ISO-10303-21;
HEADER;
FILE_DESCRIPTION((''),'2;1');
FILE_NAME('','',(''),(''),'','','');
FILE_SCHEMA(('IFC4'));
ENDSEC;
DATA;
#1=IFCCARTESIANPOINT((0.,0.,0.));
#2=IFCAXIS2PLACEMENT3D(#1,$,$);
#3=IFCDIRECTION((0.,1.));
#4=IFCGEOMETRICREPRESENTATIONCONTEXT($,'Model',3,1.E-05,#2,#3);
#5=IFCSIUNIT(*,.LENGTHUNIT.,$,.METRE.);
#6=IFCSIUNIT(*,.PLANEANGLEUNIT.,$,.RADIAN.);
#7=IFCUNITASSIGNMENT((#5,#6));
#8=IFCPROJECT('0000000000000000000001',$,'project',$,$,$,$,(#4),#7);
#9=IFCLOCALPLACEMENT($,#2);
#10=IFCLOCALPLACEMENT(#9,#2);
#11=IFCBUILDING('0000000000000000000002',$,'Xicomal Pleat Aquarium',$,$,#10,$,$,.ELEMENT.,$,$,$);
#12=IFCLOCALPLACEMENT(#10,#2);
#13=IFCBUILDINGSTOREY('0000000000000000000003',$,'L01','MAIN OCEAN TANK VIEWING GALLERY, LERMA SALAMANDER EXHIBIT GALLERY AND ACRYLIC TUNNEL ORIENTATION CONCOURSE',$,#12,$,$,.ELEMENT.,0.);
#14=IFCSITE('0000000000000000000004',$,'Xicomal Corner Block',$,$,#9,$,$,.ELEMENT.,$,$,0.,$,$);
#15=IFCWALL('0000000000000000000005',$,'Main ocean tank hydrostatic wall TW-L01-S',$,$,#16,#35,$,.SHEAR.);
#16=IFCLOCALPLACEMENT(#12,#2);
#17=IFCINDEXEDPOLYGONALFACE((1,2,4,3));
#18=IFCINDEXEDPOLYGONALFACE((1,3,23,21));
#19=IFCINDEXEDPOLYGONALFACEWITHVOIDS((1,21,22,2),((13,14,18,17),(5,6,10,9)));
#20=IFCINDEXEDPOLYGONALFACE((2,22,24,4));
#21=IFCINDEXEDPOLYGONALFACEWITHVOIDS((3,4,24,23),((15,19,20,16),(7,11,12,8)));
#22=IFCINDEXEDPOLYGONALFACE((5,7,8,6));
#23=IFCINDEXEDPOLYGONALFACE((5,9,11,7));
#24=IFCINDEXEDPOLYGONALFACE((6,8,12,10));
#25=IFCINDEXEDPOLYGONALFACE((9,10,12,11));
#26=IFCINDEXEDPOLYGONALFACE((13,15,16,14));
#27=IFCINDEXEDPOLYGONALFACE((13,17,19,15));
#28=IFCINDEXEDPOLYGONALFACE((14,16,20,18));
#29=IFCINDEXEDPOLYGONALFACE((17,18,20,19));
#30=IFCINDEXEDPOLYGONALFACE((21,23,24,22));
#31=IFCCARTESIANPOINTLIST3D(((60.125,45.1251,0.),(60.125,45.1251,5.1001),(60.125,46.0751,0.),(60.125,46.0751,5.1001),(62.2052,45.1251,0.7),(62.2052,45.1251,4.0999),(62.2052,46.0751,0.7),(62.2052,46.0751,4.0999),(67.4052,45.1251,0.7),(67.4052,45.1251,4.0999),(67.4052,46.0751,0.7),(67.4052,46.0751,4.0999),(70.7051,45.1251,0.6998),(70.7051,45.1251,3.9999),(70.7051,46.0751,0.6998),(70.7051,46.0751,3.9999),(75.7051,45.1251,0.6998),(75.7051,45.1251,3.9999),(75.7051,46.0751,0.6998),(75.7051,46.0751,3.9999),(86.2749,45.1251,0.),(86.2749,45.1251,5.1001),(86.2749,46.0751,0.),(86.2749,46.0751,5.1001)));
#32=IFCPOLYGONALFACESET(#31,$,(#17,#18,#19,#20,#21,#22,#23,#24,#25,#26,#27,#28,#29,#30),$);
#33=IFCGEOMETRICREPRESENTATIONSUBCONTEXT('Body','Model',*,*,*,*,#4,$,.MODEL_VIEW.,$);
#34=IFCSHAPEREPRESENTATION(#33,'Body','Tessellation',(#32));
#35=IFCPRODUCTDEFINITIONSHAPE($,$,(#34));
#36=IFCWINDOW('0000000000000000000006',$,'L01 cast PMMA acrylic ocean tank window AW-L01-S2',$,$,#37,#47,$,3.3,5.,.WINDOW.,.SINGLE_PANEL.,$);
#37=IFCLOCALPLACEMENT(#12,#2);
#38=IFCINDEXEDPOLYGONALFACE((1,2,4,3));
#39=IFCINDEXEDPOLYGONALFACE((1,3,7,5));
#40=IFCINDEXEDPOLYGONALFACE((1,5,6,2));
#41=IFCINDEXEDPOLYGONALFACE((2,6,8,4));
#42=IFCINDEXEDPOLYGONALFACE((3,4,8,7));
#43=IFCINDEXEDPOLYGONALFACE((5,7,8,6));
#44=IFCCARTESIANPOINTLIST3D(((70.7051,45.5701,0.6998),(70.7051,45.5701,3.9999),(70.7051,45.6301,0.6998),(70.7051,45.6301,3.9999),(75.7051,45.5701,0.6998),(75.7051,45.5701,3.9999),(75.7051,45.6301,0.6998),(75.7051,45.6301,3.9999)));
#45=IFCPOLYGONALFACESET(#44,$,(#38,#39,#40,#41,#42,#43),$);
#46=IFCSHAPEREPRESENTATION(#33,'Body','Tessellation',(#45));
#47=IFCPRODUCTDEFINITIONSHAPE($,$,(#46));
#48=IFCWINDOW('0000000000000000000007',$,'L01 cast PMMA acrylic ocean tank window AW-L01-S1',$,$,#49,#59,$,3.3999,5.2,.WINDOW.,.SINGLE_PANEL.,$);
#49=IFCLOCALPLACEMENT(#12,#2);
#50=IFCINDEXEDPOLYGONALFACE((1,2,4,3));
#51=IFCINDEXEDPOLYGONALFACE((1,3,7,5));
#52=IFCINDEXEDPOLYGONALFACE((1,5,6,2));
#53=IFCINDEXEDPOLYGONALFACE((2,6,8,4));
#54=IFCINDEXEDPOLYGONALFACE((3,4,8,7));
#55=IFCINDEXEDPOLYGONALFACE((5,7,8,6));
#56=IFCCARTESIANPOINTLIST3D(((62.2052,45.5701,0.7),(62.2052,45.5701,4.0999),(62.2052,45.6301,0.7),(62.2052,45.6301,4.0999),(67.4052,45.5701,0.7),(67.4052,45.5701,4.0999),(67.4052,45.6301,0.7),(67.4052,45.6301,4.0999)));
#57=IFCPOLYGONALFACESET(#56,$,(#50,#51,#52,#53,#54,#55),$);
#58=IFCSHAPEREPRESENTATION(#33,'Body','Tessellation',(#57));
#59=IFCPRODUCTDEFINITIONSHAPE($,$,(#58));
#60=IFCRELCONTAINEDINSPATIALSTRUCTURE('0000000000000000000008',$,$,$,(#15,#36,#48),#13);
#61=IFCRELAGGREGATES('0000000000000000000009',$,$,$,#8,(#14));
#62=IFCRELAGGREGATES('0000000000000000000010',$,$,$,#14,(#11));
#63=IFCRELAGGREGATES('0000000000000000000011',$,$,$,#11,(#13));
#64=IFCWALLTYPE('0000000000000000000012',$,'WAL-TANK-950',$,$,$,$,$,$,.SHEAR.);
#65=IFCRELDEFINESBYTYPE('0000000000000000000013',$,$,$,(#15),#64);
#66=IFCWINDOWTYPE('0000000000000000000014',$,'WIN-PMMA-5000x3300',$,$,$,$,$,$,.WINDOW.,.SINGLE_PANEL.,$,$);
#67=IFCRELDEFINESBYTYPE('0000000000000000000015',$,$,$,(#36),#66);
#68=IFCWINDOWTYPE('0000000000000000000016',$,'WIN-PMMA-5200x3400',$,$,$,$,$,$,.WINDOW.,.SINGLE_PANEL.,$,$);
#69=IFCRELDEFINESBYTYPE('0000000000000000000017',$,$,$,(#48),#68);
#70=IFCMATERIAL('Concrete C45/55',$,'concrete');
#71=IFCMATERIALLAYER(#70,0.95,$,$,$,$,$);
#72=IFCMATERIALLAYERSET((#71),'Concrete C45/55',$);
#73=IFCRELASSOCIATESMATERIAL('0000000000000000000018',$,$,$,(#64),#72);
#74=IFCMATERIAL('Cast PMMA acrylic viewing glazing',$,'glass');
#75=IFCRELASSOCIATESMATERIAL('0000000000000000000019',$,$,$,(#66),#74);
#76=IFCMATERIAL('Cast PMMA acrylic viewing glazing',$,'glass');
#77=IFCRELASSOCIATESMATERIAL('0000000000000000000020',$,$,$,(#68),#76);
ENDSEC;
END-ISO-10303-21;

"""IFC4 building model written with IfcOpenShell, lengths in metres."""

from ifc_helpers import new_model, si_unit, direction, frame, frame_2d, origin, place, context, subcontext, project, spatial, rectangle, extrude, material, layer, layer_set, type_object, element, fill, save


model = new_model("IFC4")

# Units and contexts
model_context = context("Model", 3, precision=1e-05, world=origin(), true_north=direction((0.0, 1.0)))
body_context = subcontext(model_context, "Body", "Model", "MODEL_VIEW")
ifc_project = project(units=[si_unit("LENGTHUNIT", "METRE"), si_unit("PLANEANGLEUNIT", "RADIAN")], contexts=[model_context])

# Site, building, storey
site_placement = place(None, origin())
site = spatial("IfcSite", under=ifc_project, at=site_placement, Name="Xicomal Corner Block", CompositionType="ELEMENT", RefElevation=0.0)
building_placement = place(site_placement, origin())
building = spatial("IfcBuilding", under=site, at=building_placement, Name="Xicomal Pleat Aquarium", CompositionType="ELEMENT")
storey_placement = place(building_placement, origin())
storey = spatial("IfcBuildingStorey", under=building, at=storey_placement, Name="L01", Description="MAIN OCEAN TANK VIEWING GALLERY, LERMA SALAMANDER EXHIBIT GALLERY AND ACRYLIC TUNNEL ORIENTATION CONCOURSE", CompositionType="ELEMENT", Elevation=0.0)

# Wall, openings, windows
ifc_material_1 = material(Name="Concrete C45/55", Category="concrete")
ifc_layer = layer(ifc_material_1, 0.95)
ifc_layer_set = layer_set([ifc_layer], Name="Concrete C45/55")
wall_type = type_object("IfcWallType", Name="WAL-TANK-950", PredefinedType="SHEAR", material=ifc_layer_set)
wall_placement = place(storey_placement, frame((60.125, 45.6001, 0.0), z_axis=(0.0, 0.0, 1.0), x_axis=(1.0, 0.0, 0.0)))
wall = element("IfcWall", 1, at=wall_placement, inside=storey, type_object=wall_type, Name="Main ocean tank hydrostatic wall TW-L01-S", PredefinedType="SHEAR", context=body_context, shape_type="SweptSolid", body=[
    extrude(rectangle(XDim=26.1499, YDim=0.95, at=frame_2d((13.075, 0.0))), origin(), (0.0, 0.0, 1.0), 5.1001),
])
opening_1_placement = place(wall_placement, frame((2.0801, 0.0, 0.7)))
opening_1 = element("IfcOpeningElement", 2, at=opening_1_placement, cuts=wall, PredefinedType="OPENING", context=body_context, shape_type="SweptSolid", body=[
    extrude(rectangle(XDim=5.2, YDim=3.3999, at=frame_2d((2.6001, 1.7))), frame((0.0, 0.4849, 0.0), z_axis=(0.0, -1.0, 0.0), x_axis=(1.0, 0.0, 0.0)), (0.0, 0.0, 1.0), 0.97),
])
opening_2_placement = place(wall_placement, frame((10.5801, 0.0, 0.7)))
opening_2 = element("IfcOpeningElement", 3, at=opening_2_placement, cuts=wall, PredefinedType="OPENING", context=body_context, shape_type="SweptSolid", body=[
    extrude(rectangle(XDim=5.0, YDim=3.3, at=frame_2d((2.5, 1.6499))), frame((0.0, 0.4849, 0.0), z_axis=(0.0, -1.0, 0.0), x_axis=(1.0, 0.0, 0.0)), (0.0, 0.0, 1.0), 0.97),
])
ifc_material_2 = material(Name="Cast PMMA acrylic viewing glazing", Category="glass")
window_type_1 = type_object("IfcWindowType", Name="WIN-PMMA-5000x3300", PartitioningType="SINGLE_PANEL", PredefinedType="WINDOW", material=ifc_material_2)
window_1_placement = place(opening_2_placement, origin())
window_1 = element("IfcWindow", 4, at=window_1_placement, inside=storey, type_object=window_type_1, Name="L01 cast PMMA acrylic ocean tank window AW-L01-S2", OverallHeight=3.3, OverallWidth=5.0, PartitioningType="SINGLE_PANEL", PredefinedType="WINDOW", context=body_context, shape_type="SweptSolid", body=[
    extrude(rectangle(XDim=5.0, YDim=3.3, at=frame_2d((2.5, 1.6499))), frame((0.0, 0.03, 0.0), z_axis=(0.0, -1.0, 0.0), x_axis=(1.0, 0.0, 0.0)), (0.0, 0.0, 1.0), 0.0601),
])
fill(opening_2, window_1)
ifc_material_3 = material(Name="Cast PMMA acrylic viewing glazing", Category="glass")
window_type_2 = type_object("IfcWindowType", Name="WIN-PMMA-5200x3400", PartitioningType="SINGLE_PANEL", PredefinedType="WINDOW", material=ifc_material_3)
window_2_placement = place(opening_1_placement, origin())
window_2 = element("IfcWindow", 5, at=window_2_placement, inside=storey, type_object=window_type_2, Name="L01 cast PMMA acrylic ocean tank window AW-L01-S1", OverallHeight=3.3999, OverallWidth=5.2, PartitioningType="SINGLE_PANEL", PredefinedType="WINDOW", context=body_context, shape_type="SweptSolid", body=[
    extrude(rectangle(XDim=5.2, YDim=3.3999, at=frame_2d((2.6001, 1.7))), frame((0.0, 0.03, 0.0), z_axis=(0.0, -1.0, 0.0), x_axis=(1.0, 0.0, 0.0)), (0.0, 0.0, 1.0), 0.0601),
])
fill(opening_1, window_2)

save(model, "model.ifc")
